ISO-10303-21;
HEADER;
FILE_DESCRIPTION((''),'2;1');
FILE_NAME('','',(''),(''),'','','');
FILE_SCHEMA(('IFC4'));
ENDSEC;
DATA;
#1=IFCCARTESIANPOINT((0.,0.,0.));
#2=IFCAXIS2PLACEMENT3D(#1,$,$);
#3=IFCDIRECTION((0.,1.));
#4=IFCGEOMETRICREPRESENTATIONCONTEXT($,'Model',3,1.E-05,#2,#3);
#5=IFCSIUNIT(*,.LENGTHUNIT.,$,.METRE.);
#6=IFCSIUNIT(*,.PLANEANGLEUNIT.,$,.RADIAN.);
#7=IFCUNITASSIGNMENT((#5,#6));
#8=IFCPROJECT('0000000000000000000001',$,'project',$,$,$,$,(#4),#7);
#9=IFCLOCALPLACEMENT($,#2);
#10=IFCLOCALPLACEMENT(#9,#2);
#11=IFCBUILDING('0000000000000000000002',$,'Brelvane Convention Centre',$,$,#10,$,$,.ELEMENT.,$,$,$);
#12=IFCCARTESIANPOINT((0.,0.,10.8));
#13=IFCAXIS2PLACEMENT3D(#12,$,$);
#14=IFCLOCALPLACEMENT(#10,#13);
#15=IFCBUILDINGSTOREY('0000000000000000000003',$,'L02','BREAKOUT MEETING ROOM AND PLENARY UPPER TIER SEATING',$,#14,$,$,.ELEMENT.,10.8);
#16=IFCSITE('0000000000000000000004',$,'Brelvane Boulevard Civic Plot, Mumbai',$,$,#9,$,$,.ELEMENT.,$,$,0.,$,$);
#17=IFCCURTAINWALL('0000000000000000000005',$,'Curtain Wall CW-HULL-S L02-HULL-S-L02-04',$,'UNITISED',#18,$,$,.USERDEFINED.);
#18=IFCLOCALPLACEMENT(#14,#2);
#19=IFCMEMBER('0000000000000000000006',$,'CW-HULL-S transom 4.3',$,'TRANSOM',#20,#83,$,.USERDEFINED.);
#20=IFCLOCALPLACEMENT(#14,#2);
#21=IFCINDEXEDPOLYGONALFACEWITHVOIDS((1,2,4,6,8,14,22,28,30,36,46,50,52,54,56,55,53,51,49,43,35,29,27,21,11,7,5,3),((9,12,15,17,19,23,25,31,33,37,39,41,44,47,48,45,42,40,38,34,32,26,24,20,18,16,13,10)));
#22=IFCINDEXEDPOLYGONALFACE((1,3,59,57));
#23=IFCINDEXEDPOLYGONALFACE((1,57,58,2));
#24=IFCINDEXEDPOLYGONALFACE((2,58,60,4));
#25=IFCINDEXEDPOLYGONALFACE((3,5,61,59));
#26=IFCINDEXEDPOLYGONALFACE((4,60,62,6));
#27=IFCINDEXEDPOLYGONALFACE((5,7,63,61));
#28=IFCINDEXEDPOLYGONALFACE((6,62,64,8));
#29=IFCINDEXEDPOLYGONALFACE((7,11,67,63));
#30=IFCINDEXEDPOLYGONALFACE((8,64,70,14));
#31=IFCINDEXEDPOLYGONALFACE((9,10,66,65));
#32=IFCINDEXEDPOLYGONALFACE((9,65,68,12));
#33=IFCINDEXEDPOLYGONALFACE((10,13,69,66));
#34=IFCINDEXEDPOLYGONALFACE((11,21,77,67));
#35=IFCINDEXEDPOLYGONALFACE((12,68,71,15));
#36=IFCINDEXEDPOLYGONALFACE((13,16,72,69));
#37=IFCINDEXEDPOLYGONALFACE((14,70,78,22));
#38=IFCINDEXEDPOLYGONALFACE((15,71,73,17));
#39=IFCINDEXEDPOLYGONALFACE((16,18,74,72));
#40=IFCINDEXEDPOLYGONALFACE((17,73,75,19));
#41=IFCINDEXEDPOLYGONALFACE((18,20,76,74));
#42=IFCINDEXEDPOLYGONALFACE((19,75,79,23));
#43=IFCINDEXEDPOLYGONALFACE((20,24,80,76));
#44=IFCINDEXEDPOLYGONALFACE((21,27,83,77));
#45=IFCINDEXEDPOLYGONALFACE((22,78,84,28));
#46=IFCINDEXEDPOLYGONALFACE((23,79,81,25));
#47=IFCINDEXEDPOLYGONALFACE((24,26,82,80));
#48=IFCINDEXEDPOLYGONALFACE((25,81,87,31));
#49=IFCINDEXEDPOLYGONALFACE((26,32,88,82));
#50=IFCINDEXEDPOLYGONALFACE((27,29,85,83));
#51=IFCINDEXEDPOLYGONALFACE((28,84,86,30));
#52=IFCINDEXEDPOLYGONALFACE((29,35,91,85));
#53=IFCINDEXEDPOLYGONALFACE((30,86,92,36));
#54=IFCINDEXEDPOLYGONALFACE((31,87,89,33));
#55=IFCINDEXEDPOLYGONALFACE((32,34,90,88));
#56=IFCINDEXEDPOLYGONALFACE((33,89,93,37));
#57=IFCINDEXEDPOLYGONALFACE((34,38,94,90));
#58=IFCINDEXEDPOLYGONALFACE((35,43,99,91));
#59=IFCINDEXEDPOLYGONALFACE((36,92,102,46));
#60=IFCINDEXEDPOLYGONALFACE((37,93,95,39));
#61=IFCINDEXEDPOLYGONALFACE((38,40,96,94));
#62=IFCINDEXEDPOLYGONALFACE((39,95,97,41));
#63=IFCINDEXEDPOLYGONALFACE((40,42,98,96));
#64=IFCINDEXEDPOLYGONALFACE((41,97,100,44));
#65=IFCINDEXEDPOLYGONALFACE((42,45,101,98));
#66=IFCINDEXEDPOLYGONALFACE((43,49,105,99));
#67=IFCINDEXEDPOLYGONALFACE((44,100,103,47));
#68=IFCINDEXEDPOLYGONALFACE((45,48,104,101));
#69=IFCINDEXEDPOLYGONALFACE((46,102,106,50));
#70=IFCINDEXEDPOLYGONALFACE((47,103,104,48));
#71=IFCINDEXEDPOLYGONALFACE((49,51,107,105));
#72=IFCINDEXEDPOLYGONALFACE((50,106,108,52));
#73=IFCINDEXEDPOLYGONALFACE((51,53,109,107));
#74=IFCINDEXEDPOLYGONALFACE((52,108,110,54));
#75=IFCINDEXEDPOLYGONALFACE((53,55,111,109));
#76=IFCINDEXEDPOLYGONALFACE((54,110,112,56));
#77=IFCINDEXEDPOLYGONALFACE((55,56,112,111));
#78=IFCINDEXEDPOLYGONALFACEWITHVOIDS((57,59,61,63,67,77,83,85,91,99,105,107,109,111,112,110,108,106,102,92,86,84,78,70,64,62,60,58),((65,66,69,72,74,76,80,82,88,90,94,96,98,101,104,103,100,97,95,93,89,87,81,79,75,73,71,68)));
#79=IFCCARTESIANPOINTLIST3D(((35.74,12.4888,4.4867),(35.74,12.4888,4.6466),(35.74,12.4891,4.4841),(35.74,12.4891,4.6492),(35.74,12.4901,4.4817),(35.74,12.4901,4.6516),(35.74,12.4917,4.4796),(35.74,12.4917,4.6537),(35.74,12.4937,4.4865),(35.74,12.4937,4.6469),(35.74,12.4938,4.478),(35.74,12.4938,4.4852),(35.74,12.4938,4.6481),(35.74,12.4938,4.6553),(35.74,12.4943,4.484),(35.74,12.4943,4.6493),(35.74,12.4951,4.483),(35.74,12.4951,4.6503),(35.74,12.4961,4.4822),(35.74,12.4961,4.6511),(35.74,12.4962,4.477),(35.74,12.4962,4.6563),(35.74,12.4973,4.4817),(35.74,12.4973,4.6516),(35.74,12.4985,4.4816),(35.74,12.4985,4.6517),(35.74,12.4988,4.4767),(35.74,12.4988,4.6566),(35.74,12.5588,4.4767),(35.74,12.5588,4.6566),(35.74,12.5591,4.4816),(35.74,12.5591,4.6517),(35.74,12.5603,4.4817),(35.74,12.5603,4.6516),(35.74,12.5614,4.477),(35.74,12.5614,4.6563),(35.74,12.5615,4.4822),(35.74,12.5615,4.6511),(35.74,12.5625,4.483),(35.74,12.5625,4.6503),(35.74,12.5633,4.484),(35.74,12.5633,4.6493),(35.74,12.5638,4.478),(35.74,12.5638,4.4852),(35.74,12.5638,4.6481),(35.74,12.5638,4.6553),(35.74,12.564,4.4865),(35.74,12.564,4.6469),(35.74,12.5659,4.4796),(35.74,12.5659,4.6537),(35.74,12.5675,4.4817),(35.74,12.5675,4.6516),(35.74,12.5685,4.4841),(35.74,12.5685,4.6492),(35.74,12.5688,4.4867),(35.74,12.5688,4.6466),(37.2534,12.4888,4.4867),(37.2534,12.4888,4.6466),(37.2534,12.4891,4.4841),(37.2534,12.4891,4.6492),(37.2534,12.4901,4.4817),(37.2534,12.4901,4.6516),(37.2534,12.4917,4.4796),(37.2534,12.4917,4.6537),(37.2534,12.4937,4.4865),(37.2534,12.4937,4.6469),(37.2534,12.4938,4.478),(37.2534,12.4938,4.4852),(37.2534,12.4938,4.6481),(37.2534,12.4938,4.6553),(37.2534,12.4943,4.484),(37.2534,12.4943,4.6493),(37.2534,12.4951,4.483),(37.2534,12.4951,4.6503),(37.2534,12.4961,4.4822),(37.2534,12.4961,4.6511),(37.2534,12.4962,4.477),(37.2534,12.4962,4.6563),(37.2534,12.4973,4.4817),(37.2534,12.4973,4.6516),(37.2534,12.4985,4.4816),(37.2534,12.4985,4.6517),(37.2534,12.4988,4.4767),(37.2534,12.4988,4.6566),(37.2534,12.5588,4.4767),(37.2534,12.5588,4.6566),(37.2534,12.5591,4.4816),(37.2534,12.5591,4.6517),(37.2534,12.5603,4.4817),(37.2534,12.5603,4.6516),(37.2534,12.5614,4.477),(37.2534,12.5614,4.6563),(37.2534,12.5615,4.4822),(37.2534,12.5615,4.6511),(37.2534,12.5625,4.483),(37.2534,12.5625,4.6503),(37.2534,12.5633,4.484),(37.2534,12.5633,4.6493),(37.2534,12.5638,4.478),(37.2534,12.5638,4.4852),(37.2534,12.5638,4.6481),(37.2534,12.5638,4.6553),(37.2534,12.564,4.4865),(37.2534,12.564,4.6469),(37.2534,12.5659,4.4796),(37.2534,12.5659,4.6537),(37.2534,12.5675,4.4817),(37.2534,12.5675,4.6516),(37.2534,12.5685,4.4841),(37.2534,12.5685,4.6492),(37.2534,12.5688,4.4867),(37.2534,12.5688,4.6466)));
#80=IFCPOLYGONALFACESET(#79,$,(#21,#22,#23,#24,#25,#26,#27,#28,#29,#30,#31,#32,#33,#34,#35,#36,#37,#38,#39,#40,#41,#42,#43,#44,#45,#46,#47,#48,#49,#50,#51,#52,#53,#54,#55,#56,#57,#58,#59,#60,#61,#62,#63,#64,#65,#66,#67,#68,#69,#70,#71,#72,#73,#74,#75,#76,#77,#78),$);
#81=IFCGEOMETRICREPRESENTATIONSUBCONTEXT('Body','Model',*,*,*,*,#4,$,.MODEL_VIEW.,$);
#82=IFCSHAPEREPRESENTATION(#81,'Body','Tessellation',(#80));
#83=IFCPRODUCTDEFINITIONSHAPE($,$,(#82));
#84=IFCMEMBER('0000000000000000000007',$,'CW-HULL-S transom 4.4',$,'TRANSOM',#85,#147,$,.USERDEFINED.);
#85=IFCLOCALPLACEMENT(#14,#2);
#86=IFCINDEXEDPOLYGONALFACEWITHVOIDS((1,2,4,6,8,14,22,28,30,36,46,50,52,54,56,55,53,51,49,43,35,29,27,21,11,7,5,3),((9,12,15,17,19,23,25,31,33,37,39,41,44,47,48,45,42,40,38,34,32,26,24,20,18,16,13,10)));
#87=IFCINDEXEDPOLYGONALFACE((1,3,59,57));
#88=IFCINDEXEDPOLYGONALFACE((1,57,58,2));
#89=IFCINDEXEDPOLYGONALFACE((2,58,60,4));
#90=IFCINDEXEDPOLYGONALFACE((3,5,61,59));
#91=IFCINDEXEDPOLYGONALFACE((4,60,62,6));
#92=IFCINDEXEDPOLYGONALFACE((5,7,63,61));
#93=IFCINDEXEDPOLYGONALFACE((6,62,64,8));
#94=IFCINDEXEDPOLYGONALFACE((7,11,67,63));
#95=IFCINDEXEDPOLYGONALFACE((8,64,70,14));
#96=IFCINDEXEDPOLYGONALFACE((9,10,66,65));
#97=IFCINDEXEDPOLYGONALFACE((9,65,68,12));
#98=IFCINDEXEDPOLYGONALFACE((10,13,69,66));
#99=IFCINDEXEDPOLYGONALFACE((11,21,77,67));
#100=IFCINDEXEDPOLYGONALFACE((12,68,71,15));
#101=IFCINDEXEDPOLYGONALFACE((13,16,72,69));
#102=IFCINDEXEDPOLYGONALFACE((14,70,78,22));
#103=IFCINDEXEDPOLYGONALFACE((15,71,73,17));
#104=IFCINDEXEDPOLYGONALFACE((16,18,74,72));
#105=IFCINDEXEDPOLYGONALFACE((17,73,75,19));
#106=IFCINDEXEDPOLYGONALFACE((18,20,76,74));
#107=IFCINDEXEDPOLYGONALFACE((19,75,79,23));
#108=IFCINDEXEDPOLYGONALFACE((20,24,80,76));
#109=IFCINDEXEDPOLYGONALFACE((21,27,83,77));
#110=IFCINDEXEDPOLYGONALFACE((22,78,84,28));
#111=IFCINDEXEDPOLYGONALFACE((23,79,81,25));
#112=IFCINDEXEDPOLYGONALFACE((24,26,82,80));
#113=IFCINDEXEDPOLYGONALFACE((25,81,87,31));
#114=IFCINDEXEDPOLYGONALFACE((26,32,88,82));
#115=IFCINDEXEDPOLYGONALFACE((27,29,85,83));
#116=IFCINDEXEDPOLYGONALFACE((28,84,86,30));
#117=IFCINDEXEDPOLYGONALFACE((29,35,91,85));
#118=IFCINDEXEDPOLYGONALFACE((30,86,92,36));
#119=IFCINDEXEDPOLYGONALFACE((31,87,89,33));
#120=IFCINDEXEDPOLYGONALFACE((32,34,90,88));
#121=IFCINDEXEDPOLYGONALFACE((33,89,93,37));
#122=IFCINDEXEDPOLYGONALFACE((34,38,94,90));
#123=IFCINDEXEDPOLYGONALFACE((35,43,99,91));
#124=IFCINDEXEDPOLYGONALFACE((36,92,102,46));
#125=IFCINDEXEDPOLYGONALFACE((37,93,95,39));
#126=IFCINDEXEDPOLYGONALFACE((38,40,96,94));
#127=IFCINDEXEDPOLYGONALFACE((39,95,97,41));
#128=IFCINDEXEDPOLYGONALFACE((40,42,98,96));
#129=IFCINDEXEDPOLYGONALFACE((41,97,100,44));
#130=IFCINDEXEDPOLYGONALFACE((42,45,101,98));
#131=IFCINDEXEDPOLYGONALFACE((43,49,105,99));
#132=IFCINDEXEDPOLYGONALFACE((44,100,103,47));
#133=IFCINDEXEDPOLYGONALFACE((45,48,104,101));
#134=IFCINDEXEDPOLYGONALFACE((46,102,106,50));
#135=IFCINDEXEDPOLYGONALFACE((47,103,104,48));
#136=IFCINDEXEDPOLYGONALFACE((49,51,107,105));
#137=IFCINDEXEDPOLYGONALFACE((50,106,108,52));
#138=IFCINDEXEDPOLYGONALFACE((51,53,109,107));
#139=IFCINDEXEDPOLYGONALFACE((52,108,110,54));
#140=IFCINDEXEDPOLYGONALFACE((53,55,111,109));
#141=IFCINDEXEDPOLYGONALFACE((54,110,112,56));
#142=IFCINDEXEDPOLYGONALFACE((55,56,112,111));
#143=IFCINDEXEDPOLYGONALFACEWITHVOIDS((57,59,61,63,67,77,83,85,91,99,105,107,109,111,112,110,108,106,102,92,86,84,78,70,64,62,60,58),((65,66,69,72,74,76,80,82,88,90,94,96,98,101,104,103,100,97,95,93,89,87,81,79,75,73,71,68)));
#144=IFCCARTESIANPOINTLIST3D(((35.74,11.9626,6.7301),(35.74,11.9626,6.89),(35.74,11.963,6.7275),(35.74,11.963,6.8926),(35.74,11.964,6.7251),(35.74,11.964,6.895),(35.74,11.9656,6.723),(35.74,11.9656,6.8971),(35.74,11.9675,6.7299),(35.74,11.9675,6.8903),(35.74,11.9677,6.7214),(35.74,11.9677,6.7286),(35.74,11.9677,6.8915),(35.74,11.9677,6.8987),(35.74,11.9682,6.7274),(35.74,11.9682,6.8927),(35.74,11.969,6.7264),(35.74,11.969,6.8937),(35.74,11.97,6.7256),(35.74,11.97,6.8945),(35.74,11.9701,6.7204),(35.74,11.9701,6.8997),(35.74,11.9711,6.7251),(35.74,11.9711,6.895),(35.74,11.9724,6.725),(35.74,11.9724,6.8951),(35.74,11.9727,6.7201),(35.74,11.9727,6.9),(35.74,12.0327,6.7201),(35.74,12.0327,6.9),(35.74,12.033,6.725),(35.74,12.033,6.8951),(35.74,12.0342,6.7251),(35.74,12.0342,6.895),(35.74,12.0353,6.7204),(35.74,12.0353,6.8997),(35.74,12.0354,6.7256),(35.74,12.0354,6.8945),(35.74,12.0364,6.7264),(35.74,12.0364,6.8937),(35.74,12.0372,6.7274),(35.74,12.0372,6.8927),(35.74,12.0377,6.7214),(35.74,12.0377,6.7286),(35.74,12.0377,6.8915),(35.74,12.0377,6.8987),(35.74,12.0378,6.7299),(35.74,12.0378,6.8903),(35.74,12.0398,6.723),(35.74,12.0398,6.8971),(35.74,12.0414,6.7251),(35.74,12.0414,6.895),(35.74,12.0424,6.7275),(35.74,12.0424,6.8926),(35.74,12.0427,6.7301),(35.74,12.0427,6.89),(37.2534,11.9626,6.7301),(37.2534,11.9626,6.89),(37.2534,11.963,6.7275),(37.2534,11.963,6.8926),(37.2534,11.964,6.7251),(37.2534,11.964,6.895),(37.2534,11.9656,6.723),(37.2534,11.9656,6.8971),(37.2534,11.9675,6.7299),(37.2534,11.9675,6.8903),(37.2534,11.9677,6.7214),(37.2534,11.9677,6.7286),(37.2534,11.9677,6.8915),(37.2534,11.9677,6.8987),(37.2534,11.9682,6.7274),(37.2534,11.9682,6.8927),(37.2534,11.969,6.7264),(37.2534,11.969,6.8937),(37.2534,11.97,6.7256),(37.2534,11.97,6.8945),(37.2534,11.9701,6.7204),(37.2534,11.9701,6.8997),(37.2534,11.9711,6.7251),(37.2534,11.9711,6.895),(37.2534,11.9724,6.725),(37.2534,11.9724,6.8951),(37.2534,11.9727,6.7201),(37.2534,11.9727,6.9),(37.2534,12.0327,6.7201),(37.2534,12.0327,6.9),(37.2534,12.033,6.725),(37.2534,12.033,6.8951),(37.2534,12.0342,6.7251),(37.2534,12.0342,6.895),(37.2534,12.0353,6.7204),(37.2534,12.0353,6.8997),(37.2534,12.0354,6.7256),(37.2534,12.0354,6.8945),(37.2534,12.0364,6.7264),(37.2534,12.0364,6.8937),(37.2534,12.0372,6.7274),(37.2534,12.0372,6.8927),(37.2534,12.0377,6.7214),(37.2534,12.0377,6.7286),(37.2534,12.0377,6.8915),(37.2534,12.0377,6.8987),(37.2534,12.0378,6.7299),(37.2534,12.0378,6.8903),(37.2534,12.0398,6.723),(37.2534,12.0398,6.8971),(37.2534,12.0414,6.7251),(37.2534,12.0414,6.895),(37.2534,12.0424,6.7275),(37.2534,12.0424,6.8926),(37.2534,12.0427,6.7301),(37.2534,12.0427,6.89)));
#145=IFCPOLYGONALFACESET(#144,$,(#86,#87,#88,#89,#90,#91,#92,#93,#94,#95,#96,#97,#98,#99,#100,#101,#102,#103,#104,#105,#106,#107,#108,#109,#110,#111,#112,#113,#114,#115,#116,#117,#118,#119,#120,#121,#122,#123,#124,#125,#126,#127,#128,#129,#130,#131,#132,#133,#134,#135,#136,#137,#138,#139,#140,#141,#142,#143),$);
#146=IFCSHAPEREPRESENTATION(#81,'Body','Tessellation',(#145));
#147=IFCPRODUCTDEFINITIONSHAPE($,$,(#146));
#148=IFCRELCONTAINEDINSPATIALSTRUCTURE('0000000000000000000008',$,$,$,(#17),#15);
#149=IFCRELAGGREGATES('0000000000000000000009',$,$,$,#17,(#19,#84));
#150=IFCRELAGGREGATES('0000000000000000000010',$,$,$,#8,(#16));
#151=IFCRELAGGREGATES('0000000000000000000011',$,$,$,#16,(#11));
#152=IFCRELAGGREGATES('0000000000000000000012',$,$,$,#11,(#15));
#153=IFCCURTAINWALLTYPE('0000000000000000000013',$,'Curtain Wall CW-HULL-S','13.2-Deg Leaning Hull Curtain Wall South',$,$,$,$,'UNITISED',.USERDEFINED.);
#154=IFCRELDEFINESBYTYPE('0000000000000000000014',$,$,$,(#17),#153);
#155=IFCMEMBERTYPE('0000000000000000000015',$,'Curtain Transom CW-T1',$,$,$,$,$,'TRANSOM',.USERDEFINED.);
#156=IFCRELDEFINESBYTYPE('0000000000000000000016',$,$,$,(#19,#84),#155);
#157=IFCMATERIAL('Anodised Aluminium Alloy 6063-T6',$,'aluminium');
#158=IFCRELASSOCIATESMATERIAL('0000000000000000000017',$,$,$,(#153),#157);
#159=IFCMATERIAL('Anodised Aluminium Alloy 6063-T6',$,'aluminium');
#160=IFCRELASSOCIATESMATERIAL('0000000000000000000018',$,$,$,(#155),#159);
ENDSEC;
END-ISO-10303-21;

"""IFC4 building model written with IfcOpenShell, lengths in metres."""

from ifc_helpers import new_model, si_unit, direction, frame, origin, origin_2d, place, context, subcontext, project, spatial, hollow_rectangle, extrude, material, material_profile, profile_set, type_object, element, aggregate, save


model = new_model("IFC4")

# Units and contexts
model_context = context("Model", 3, precision=1e-05, world=origin(), true_north=direction((0.0, 1.0)))
body_context = subcontext(model_context, "Body", "Model", "MODEL_VIEW")
ifc_project = project(units=[si_unit("LENGTHUNIT", "METRE"), si_unit("PLANEANGLEUNIT", "RADIAN")], contexts=[model_context])

# Site, building, storey
site_placement = place(None, origin())
site = spatial("IfcSite", under=ifc_project, at=site_placement, Name="Brelvane Boulevard Civic Plot, Mumbai", CompositionType="ELEMENT", RefElevation=0.0)
building_placement = place(site_placement, origin())
building = spatial("IfcBuilding", under=site, at=building_placement, Name="Brelvane Convention Centre", CompositionType="ELEMENT")
storey_placement = place(building_placement, frame((0.0, 0.0, 10.8)))
storey = spatial("IfcBuildingStorey", under=building, at=storey_placement, Name="L02", Description="BREAKOUT MEETING ROOM AND PLENARY UPPER TIER SEATING", CompositionType="ELEMENT", Elevation=10.8)

# Curtain wall, members
ifc_material_1 = material(Name="Anodised Aluminium Alloy 6063-T6", Category="aluminium")
curtain_wall_type = type_object("IfcCurtainWallType", Name="Curtain Wall CW-HULL-S", Description="13.2-Deg Leaning Hull Curtain Wall South", ElementType="UNITISED", PredefinedType="USERDEFINED", material=ifc_material_1)
curtain_wall_placement = place(storey_placement, origin())
curtain_wall = element("IfcCurtainWall", 1, at=curtain_wall_placement, inside=storey, type_object=curtain_wall_type, Name="Curtain Wall CW-HULL-S L02-HULL-S-L02-04", ObjectType="UNITISED", PredefinedType="USERDEFINED")
ifc_material_2 = material(Name="Anodised Aluminium Alloy 6063-T6", Category="aluminium")
ifc_material_profile = material_profile(ifc_material_2, hollow_rectangle(XDim=0.0801, YDim=0.1799, WallThickness=0.0049, InnerFilletRadius=0.0049, OuterFilletRadius=0.01, at=origin_2d()), Name="ALU-T 180x80x5.0")
ifc_profile_set = profile_set([ifc_material_profile], Name="Anodised Aluminium Alloy 6063-T6")
member_type = type_object("IfcMemberType", Name="Curtain Transom CW-T1", ElementType="TRANSOM", PredefinedType="USERDEFINED", material=ifc_profile_set)
member_1_placement = place(storey_placement, frame((35.74, 12.5288, 4.5667), z_axis=(1.0, 0.0, 0.0), x_axis=(0.0, 1.0, 0.0)))
member_1 = element("IfcMember", 2, at=member_1_placement, type_object=member_type, Name="CW-HULL-S transom 4.3", ObjectType="TRANSOM", PredefinedType="USERDEFINED", context=body_context, shape_type="SweptSolid", body=[
    extrude(hollow_rectangle(XDim=0.0801, YDim=0.1799, WallThickness=0.0049, InnerFilletRadius=0.0049, OuterFilletRadius=0.01, at=origin_2d()), origin(), (0.0, 0.0, 1.0), 1.5134),
])
member_2_placement = place(storey_placement, frame((35.74, 12.0027, 6.8101), z_axis=(1.0, 0.0, 0.0), x_axis=(0.0, 1.0, 0.0)))
member_2 = element("IfcMember", 3, at=member_2_placement, type_object=member_type, Name="CW-HULL-S transom 4.4", ObjectType="TRANSOM", PredefinedType="USERDEFINED", context=body_context, shape_type="SweptSolid", body=[
    extrude(hollow_rectangle(XDim=0.0801, YDim=0.1799, WallThickness=0.0049, InnerFilletRadius=0.0049, OuterFilletRadius=0.01, at=origin_2d()), origin(), (0.0, 0.0, 1.0), 1.5134),
])
aggregate(curtain_wall, [member_1, member_2])

save(model, "model.ifc")
